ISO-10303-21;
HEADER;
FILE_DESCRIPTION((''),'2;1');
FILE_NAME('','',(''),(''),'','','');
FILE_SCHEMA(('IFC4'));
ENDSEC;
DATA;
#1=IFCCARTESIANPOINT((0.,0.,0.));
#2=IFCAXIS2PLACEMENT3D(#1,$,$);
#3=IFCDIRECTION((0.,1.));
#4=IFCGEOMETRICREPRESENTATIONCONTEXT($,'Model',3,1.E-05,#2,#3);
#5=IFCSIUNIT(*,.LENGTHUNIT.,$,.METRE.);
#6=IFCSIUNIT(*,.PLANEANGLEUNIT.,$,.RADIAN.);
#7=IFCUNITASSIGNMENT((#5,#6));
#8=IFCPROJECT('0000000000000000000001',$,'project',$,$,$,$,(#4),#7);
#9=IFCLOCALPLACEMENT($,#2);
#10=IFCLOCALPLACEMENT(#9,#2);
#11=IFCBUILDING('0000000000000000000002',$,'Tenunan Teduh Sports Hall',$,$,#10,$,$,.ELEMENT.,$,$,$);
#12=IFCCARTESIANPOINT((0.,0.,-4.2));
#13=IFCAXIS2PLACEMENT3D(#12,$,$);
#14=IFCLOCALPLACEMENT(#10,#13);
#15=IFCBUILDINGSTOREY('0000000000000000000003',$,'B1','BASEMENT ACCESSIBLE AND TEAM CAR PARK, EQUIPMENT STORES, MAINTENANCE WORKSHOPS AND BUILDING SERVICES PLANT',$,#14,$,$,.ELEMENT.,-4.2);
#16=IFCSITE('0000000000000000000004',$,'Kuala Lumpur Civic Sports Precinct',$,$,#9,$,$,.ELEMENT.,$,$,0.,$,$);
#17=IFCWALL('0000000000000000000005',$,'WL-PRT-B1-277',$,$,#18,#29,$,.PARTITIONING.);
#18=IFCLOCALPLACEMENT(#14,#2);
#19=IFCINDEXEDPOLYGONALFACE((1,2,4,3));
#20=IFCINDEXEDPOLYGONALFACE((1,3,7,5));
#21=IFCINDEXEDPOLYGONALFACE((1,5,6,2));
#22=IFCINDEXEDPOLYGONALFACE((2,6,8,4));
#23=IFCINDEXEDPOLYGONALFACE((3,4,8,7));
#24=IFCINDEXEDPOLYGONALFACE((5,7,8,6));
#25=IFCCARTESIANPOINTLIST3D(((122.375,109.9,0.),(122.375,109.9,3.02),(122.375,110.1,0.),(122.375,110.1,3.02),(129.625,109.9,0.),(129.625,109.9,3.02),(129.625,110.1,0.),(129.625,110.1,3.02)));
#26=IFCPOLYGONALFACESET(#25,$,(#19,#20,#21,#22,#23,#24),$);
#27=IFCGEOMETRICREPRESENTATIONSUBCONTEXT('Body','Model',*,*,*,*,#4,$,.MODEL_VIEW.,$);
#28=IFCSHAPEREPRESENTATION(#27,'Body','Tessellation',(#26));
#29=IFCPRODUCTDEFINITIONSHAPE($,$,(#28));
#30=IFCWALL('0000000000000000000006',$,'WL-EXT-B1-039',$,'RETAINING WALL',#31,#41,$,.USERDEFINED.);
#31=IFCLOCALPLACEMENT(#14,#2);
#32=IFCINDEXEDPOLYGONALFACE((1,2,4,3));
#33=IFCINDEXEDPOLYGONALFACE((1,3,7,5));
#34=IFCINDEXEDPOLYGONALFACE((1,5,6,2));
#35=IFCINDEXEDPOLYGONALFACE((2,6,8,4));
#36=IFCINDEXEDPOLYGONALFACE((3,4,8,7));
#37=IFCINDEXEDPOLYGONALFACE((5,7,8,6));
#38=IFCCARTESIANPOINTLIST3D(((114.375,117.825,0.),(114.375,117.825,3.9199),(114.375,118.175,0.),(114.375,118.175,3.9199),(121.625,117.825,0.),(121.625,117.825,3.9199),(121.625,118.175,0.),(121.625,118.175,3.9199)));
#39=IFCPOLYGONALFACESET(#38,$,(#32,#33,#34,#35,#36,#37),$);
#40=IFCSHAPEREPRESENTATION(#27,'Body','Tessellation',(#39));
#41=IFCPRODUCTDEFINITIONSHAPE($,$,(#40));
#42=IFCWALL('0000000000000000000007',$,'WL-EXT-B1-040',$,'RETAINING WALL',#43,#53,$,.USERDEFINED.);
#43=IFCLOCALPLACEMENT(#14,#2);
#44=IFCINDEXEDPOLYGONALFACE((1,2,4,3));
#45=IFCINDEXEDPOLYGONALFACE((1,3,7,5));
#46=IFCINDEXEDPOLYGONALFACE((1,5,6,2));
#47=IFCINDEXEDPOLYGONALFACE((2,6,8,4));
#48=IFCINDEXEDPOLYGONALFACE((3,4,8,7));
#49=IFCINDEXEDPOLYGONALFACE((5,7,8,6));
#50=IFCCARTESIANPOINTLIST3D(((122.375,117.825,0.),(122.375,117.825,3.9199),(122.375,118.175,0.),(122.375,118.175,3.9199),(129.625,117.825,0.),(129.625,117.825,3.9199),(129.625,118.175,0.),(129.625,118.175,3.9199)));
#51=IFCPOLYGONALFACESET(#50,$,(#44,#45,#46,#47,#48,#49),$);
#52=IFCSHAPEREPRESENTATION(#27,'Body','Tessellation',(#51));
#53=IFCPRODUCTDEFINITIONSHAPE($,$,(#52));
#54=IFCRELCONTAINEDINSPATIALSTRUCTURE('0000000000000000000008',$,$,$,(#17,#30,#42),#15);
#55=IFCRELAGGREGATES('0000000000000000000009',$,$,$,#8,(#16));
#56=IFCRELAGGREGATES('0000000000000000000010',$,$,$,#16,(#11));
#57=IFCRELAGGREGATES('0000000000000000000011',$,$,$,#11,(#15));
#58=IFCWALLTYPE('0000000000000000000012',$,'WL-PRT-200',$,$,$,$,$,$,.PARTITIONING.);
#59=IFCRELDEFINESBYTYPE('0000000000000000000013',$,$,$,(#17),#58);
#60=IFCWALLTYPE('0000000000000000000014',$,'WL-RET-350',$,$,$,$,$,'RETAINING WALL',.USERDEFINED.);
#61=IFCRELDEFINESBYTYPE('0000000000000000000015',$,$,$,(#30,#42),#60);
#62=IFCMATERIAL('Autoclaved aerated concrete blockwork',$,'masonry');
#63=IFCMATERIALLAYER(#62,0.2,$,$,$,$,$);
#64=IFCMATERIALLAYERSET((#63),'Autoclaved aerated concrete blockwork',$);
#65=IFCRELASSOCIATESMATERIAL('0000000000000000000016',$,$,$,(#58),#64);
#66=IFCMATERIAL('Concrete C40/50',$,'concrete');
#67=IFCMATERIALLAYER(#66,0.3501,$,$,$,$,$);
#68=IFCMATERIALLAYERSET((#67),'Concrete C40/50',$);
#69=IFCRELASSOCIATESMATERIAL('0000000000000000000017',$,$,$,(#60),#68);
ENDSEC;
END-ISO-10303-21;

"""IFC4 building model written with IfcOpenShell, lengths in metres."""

from ifc_helpers import new_model, si_unit, direction, frame, frame_2d, origin, place, context, subcontext, project, spatial, rectangle, extrude, material, layer, layer_set, type_object, element, save


model = new_model("IFC4")

# Units and contexts
model_context = context("Model", 3, precision=1e-05, world=origin(), true_north=direction((0.0, 1.0)))
body_context = subcontext(model_context, "Body", "Model", "MODEL_VIEW")
ifc_project = project(units=[si_unit("LENGTHUNIT", "METRE"), si_unit("PLANEANGLEUNIT", "RADIAN")], contexts=[model_context])

# Site, building, storey
site_placement = place(None, origin())
site = spatial("IfcSite", under=ifc_project, at=site_placement, Name="Kuala Lumpur Civic Sports Precinct", CompositionType="ELEMENT", RefElevation=0.0)
building_placement = place(site_placement, origin())
building = spatial("IfcBuilding", under=site, at=building_placement, Name="Tenunan Teduh Sports Hall", CompositionType="ELEMENT")
storey_placement = place(building_placement, frame((0.0, 0.0, -4.2)))
storey = spatial("IfcBuildingStorey", under=building, at=storey_placement, Name="B1", Description="BASEMENT ACCESSIBLE AND TEAM CAR PARK, EQUIPMENT STORES, MAINTENANCE WORKSHOPS AND BUILDING SERVICES PLANT", CompositionType="ELEMENT", Elevation=-4.2)

# Shared definitions
ifc_material_1 = material(Name="Autoclaved aerated concrete blockwork", Category="masonry")
ifc_layer_1 = layer(ifc_material_1, 0.2)
ifc_layer_set_1 = layer_set([ifc_layer_1], Name="Autoclaved aerated concrete blockwork")
wall_type_1 = type_object("IfcWallType", Name="WL-PRT-200", PredefinedType="PARTITIONING", material=ifc_layer_set_1)

# Walls
wall_1_placement = place(storey_placement, frame((122.375, 110.0, 0.0), z_axis=(0.0, 0.0, 1.0), x_axis=(1.0, 0.0, 0.0)))
element("IfcWall", 1, at=wall_1_placement, inside=storey, type_object=wall_type_1, Name="WL-PRT-B1-277", PredefinedType="PARTITIONING", context=body_context, shape_type="SweptSolid", body=[
    extrude(rectangle(XDim=7.25, YDim=0.2, at=frame_2d((3.625, 0.0))), origin(), (0.0, 0.0, 1.0), 3.02),
])
ifc_material_2 = material(Name="Concrete C40/50", Category="concrete")
ifc_layer_2 = layer(ifc_material_2, 0.3501)
ifc_layer_set_2 = layer_set([ifc_layer_2], Name="Concrete C40/50")
wall_type_2 = type_object("IfcWallType", Name="WL-RET-350", ElementType="RETAINING WALL", PredefinedType="USERDEFINED", material=ifc_layer_set_2)
for number, where, z_axis, x_axis, name in (
    (2, (114.375, 118.0, 0.0), (0.0, 0.0, 1.0), (1.0, 0.0, 0.0), "WL-EXT-B1-039"),
    (3, (122.375, 118.0, 0.0), (0.0, 0.0, 1.0), (1.0, 0.0, 0.0), "WL-EXT-B1-040"),
):
    element("IfcWall", number, at=place(storey_placement, frame(where, z_axis=z_axis, x_axis=x_axis)), inside=storey, type_object=wall_type_2, Name=name, ObjectType="RETAINING WALL", PredefinedType="USERDEFINED", context=body_context, shape_type="SweptSolid", body=[
        extrude(rectangle(XDim=7.25, YDim=0.3501, at=frame_2d((3.625, 0.0))), origin(), (0.0, 0.0, 1.0), 3.9199),
    ])

save(model, "model.ifc")
